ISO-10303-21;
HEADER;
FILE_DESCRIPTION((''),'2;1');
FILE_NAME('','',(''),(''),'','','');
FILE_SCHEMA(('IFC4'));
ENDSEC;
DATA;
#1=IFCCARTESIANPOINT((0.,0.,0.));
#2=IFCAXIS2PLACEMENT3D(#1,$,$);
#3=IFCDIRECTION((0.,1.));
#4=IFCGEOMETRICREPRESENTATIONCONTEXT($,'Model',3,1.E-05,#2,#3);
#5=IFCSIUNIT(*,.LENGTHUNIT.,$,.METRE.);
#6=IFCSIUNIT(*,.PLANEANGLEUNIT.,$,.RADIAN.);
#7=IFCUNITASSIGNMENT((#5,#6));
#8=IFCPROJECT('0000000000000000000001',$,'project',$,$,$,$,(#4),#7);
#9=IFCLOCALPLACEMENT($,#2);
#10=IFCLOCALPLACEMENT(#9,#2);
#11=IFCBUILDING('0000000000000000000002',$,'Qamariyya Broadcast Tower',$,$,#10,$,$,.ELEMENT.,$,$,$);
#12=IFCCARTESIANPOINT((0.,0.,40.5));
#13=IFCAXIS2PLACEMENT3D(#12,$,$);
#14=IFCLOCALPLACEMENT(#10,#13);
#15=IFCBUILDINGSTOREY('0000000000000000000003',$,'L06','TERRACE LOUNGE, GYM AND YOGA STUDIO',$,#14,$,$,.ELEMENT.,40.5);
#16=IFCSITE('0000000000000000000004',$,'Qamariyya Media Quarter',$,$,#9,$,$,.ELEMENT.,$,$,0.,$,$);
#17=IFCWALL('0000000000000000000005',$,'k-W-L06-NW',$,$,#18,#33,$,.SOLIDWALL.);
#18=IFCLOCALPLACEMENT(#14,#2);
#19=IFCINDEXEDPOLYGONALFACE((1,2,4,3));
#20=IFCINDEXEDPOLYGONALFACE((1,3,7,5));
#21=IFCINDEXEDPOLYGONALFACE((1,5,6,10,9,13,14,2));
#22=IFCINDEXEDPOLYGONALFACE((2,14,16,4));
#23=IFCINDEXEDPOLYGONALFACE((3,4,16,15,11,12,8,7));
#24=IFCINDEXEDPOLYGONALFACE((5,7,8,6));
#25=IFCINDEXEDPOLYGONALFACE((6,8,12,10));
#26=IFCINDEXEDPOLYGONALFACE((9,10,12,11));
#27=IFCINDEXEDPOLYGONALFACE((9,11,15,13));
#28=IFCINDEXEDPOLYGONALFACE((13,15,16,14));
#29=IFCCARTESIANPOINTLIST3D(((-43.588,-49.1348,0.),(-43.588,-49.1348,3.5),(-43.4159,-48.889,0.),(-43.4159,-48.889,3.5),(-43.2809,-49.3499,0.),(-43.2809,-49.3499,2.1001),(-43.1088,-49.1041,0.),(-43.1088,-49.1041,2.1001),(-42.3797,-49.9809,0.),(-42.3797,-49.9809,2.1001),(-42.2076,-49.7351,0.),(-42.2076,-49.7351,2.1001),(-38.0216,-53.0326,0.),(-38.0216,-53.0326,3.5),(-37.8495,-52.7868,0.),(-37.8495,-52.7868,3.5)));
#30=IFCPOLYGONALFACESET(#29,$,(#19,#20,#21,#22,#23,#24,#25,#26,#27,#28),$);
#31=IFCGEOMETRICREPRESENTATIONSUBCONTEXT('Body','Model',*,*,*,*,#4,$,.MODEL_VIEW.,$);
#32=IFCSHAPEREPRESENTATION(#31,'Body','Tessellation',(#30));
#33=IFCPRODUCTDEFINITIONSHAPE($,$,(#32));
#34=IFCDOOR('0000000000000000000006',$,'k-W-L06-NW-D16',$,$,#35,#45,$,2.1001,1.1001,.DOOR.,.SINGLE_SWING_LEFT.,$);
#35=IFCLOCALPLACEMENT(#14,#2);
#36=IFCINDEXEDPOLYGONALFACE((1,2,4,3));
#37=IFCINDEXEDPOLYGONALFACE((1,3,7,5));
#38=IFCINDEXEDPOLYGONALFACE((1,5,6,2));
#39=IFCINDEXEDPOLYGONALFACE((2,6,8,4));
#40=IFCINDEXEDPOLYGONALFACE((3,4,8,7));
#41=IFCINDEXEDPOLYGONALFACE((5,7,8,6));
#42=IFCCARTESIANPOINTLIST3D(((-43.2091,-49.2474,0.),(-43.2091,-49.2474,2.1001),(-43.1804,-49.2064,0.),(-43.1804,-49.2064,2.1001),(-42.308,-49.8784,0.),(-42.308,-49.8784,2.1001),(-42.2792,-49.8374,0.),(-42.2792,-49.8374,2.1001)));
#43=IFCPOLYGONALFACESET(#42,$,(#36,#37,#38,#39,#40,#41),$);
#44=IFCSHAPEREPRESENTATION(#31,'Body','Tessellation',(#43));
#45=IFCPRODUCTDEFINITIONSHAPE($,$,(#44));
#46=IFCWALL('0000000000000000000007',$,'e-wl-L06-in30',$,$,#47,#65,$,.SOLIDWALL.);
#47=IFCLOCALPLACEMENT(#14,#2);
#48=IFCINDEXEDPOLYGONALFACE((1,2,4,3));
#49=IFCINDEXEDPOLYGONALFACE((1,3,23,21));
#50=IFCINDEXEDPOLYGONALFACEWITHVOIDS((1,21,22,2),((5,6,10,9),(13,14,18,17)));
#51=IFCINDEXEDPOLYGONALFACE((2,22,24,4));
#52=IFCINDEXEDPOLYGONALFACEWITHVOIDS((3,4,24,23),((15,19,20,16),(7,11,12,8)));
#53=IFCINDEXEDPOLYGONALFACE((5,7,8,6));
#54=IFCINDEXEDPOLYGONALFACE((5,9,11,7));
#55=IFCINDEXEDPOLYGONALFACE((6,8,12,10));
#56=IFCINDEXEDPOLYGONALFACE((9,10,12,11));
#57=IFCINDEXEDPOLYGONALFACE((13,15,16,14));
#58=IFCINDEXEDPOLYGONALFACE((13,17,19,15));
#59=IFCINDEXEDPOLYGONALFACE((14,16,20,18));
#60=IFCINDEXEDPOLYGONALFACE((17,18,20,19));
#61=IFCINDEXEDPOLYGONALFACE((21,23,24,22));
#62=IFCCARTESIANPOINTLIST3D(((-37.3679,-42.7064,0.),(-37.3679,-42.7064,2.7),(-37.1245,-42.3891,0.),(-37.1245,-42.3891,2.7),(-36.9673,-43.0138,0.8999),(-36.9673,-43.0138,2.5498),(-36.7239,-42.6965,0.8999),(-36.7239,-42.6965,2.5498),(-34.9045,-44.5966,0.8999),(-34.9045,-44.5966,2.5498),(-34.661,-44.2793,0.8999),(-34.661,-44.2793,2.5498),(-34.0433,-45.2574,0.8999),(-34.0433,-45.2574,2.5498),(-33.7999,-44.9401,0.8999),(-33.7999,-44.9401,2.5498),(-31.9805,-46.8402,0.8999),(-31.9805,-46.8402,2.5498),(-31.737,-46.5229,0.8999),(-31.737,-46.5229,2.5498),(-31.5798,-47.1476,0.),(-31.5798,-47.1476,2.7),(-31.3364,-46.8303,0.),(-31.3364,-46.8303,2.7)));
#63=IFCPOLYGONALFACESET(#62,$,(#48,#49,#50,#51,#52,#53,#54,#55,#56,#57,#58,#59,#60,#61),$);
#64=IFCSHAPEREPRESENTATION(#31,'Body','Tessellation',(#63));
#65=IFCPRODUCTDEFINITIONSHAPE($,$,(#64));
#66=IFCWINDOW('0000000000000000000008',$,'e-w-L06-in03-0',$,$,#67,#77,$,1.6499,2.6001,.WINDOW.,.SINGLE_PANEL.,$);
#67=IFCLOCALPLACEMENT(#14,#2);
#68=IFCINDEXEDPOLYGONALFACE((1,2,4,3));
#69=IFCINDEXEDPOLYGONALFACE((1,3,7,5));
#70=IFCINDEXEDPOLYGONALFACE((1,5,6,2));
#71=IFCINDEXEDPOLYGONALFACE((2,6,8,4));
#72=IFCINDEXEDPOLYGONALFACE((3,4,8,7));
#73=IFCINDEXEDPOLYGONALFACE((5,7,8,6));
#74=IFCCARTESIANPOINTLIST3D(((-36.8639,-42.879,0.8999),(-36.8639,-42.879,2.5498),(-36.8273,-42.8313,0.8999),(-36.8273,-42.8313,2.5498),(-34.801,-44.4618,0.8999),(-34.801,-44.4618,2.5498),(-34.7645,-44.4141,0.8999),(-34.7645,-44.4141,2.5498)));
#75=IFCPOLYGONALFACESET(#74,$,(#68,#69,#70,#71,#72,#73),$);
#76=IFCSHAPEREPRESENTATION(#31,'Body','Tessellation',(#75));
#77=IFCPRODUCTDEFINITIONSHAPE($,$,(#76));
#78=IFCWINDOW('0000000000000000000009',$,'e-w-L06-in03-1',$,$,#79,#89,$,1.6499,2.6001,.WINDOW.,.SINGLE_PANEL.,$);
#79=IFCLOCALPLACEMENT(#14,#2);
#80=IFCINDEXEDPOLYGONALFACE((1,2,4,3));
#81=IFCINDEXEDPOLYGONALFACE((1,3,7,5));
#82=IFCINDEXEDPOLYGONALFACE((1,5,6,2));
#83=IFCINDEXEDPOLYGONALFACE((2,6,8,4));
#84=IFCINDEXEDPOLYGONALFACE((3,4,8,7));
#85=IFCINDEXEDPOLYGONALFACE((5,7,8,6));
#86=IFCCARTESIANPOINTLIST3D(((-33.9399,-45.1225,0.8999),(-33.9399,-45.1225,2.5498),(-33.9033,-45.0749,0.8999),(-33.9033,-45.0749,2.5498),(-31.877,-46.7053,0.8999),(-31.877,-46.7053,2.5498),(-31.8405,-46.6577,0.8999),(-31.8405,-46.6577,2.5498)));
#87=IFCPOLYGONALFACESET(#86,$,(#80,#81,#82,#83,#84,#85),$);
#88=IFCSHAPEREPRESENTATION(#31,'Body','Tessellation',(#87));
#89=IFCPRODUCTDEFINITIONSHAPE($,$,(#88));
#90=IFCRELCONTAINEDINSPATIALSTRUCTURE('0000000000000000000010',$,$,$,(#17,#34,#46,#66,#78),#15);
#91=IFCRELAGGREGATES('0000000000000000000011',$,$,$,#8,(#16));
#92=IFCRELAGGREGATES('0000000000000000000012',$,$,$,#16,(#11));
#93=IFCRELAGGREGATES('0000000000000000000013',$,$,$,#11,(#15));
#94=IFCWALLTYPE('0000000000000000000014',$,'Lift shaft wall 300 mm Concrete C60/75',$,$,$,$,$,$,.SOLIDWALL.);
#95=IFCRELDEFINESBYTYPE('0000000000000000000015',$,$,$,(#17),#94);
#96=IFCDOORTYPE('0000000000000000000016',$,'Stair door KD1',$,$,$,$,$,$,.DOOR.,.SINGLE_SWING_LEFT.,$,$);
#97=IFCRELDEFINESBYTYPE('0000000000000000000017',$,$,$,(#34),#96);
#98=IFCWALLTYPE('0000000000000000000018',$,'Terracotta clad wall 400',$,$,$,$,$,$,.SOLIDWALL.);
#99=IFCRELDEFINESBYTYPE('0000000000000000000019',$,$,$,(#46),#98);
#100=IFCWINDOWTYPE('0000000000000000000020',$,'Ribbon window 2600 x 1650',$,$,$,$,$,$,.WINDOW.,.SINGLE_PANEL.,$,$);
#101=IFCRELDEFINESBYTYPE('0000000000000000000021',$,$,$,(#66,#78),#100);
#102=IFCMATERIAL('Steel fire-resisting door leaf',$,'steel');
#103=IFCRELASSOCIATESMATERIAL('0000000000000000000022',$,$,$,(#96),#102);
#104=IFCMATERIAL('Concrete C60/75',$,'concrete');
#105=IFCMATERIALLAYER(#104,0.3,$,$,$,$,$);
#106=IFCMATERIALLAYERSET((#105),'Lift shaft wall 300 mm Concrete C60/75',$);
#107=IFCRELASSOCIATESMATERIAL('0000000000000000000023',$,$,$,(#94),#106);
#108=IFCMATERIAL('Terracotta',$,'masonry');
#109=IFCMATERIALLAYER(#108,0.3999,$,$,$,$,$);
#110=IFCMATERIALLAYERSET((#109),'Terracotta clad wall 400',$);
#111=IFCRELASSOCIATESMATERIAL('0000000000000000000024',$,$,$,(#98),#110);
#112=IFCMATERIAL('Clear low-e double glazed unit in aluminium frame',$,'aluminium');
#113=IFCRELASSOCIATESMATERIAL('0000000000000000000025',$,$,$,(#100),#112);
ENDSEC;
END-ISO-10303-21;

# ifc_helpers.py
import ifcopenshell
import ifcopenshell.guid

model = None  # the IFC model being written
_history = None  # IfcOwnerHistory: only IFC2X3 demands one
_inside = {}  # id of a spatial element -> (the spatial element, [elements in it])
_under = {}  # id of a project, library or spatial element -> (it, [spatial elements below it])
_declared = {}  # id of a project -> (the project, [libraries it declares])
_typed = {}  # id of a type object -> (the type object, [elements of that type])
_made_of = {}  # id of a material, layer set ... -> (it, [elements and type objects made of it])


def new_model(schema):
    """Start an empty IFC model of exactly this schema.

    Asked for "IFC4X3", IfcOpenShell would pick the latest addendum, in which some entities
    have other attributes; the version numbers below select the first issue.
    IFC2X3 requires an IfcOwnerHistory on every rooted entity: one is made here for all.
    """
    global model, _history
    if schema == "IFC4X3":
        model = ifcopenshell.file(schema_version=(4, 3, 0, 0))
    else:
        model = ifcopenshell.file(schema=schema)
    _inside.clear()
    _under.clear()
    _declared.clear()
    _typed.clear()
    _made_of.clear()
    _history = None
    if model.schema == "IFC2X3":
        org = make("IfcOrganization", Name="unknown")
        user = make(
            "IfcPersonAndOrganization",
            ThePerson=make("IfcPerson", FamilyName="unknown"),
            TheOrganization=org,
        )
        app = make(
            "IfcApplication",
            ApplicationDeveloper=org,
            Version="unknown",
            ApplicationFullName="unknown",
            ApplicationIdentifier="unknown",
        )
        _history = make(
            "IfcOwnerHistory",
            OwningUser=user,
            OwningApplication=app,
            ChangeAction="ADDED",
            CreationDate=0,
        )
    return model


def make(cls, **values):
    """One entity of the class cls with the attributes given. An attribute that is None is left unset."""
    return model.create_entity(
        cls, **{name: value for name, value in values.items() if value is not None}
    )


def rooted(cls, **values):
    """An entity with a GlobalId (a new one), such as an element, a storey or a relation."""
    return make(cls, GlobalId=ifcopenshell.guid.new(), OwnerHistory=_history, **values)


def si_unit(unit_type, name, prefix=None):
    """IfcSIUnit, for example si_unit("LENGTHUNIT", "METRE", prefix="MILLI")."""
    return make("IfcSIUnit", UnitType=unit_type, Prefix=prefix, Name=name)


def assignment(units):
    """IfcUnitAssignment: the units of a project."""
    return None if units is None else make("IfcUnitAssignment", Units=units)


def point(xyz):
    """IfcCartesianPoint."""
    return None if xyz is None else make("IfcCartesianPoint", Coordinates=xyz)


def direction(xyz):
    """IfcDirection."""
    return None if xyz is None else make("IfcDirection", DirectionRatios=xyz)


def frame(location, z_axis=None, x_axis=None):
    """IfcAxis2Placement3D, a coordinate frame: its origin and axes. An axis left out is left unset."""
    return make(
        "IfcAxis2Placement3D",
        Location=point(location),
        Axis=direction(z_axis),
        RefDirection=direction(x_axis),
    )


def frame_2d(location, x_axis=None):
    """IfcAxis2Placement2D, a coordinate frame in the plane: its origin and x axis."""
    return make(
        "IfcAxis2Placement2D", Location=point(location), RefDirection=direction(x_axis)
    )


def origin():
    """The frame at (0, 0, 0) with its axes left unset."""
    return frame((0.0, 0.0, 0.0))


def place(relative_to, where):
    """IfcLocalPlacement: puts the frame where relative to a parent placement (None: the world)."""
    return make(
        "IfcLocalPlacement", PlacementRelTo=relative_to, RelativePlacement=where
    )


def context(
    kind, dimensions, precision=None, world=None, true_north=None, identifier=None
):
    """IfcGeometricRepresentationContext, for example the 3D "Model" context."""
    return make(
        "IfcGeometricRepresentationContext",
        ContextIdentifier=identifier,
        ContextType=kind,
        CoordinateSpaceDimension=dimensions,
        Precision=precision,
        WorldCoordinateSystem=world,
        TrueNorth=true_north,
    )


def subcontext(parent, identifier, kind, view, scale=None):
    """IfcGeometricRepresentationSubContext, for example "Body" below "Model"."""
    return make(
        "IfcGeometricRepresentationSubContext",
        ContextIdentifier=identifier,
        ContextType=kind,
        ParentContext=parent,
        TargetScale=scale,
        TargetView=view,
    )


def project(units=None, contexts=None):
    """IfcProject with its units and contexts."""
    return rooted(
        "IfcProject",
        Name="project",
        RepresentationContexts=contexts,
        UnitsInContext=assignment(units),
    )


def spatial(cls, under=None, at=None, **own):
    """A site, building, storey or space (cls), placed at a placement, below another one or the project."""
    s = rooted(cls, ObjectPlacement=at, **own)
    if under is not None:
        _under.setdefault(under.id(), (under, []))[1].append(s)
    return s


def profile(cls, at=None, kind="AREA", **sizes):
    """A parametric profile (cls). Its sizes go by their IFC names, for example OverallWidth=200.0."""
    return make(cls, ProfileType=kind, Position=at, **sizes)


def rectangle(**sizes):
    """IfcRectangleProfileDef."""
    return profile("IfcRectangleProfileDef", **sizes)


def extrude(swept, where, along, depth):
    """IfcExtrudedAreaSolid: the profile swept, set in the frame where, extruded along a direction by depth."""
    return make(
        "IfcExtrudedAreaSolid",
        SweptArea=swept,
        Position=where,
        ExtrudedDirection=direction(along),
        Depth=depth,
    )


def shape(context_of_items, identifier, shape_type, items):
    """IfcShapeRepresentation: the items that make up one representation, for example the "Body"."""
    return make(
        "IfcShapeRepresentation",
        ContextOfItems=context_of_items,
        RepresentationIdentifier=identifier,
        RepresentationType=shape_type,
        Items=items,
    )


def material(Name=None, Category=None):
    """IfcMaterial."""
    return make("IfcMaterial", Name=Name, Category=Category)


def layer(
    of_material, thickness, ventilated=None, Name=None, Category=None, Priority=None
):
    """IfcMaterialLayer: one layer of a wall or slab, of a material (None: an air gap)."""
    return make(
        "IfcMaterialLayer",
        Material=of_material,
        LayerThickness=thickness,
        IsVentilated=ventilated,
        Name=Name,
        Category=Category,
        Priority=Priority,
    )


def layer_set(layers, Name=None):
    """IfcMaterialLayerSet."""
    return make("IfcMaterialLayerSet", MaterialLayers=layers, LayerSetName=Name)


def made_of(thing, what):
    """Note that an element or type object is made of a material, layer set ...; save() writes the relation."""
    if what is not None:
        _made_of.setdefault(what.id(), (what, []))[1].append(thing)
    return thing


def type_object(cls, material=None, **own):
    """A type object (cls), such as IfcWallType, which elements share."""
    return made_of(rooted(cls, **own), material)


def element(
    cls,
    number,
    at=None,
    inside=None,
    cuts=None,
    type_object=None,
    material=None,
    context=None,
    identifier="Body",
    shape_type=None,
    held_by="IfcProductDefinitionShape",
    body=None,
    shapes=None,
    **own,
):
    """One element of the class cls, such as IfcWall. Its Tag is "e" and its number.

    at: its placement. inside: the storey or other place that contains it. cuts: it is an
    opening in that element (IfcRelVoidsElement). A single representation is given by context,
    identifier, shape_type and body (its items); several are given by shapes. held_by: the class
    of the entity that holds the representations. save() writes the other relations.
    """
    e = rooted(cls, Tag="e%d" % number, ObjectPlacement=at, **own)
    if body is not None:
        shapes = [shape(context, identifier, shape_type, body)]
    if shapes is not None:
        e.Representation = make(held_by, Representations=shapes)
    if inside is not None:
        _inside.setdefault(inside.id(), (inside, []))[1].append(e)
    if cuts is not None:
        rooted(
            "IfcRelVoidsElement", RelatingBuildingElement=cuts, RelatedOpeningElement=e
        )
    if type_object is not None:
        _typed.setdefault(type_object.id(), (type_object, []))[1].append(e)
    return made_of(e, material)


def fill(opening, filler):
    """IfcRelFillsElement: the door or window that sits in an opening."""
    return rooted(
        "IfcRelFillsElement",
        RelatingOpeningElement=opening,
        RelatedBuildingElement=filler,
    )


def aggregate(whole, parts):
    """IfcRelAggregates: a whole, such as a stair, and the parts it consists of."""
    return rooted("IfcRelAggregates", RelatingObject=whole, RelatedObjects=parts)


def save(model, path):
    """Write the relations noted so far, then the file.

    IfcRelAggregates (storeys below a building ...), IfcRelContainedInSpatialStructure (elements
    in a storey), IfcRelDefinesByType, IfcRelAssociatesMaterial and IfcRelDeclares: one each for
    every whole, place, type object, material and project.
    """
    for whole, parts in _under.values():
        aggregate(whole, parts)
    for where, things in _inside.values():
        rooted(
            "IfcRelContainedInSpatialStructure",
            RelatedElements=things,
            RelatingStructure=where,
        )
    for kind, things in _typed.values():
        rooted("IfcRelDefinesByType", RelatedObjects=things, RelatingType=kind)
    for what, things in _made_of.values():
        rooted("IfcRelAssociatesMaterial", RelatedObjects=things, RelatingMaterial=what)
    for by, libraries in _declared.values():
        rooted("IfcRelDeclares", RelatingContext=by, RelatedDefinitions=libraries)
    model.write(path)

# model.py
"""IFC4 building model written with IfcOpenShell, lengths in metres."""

from ifc_helpers import new_model, si_unit, direction, frame, frame_2d, origin, place, context, subcontext, project, spatial, rectangle, extrude, material, layer, layer_set, type_object, element, fill, save


model = new_model("IFC4")

# Units and contexts
model_context = context("Model", 3, precision=1e-05, world=origin(), true_north=direction((0.0, 1.0)))
body_context = subcontext(model_context, "Body", "Model", "MODEL_VIEW")
ifc_project = project(units=[si_unit("LENGTHUNIT", "METRE"), si_unit("PLANEANGLEUNIT", "RADIAN")], contexts=[model_context])

# Site, building, storey
site_placement = place(None, origin())
site = spatial("IfcSite", under=ifc_project, at=site_placement, Name="Qamariyya Media Quarter", CompositionType="ELEMENT", RefElevation=0.0)
building_placement = place(site_placement, origin())
building = spatial("IfcBuilding", under=site, at=building_placement, Name="Qamariyya Broadcast Tower", CompositionType="ELEMENT")
storey_placement = place(building_placement, frame((0.0, 0.0, 40.5)))
storey = spatial("IfcBuildingStorey", under=building, at=storey_placement, Name="L06", Description="TERRACE LOUNGE, GYM AND YOGA STUDIO", CompositionType="ELEMENT", Elevation=40.5)

# Shared definitions
ifc_material_1 = material(Name="Steel fire-resisting door leaf", Category="steel")
door_type_1 = type_object("IfcDoorType", Name="Stair door KD1", OperationType="SINGLE_SWING_LEFT", PredefinedType="DOOR", material=ifc_material_1)

# Wall, opening, door
ifc_material_2 = material(Name="Concrete C60/75", Category="concrete")
ifc_layer_1 = layer(ifc_material_2, 0.3)
ifc_layer_set_1 = layer_set([ifc_layer_1], Name="Lift shaft wall 300 mm Concrete C60/75")
wall_type_1 = type_object("IfcWallType", Name="Lift shaft wall 300 mm Concrete C60/75", PredefinedType="SOLIDWALL", material=ifc_layer_set_1)
wall_1_placement = place(storey_placement, frame((-37.9355, -52.9097, 0.0), z_axis=(0.0, 0.0, 1.0), x_axis=(-0.819148, 0.573583, 0.0)))
wall_1 = element("IfcWall", 1, at=wall_1_placement, inside=storey, type_object=wall_type_1, Name="k-W-L06-NW", PredefinedType="SOLIDWALL", context=body_context, shape_type="SweptSolid", body=[
    extrude(rectangle(XDim=6.7954, YDim=0.3, at=frame_2d((3.3977, 0.0))), origin(), (0.0, 0.0, 1.0), 3.5),
])
opening_1_placement = place(wall_1_placement, frame((5.3203, 0.0, 0.0)))
opening_1 = element("IfcOpeningElement", 2, at=opening_1_placement, cuts=wall_1, PredefinedType="OPENING", context=body_context, shape_type="SweptSolid", body=[
    extrude(rectangle(XDim=1.1001, YDim=2.1001, at=frame_2d((0.55, 1.05))), frame((0.0, 0.1599, 0.0), z_axis=(0.0, -1.0, 0.0), x_axis=(1.0, 0.0, 0.0)), (0.0, 0.0, 1.0), 0.3201),
])
door_1_placement = place(opening_1_placement, origin())
door_1 = element("IfcDoor", 3, at=door_1_placement, inside=storey, type_object=door_type_1, Name="k-W-L06-NW-D16", OperationType="SINGLE_SWING_LEFT", OverallHeight=2.1001, OverallWidth=1.1001, PredefinedType="DOOR", context=body_context, shape_type="SweptSolid", body=[
    extrude(rectangle(XDim=1.1001, YDim=2.1001, at=frame_2d((0.55, 1.05))), frame((0.0, 0.0249, 0.0), z_axis=(0.0, -1.0, 0.0), x_axis=(1.0, 0.0, 0.0)), (0.0, 0.0, 1.0), 0.05),
])
fill(opening_1, door_1)

# Wall, openings, windows
ifc_material_3 = material(Name="Terracotta", Category="masonry")
ifc_layer_2 = layer(ifc_material_3, 0.3999)
ifc_layer_set_2 = layer_set([ifc_layer_2], Name="Terracotta clad wall 400")
wall_type_2 = type_object("IfcWallType", Name="Terracotta clad wall 400", PredefinedType="SOLIDWALL", material=ifc_layer_set_2)
wall_2_placement = place(storey_placement, frame((-31.458, -46.989, 0.0), z_axis=(0.0, 0.0, 1.0), x_axis=(-0.793366, 0.608745, 0.0)))
wall_2 = element("IfcWall", 4, at=wall_2_placement, inside=storey, type_object=wall_type_2, Name="e-wl-L06-in30", PredefinedType="SOLIDWALL", context=body_context, shape_type="SweptSolid", body=[
    extrude(rectangle(XDim=7.2957, YDim=0.3999, at=frame_2d((3.6479, 0.0))), origin(), (0.0, 0.0, 1.0), 2.7),
])
opening_2_placement = place(wall_2_placement, frame((4.1907, 0.0, 0.8999)))
opening_2 = element("IfcOpeningElement", 5, at=opening_2_placement, cuts=wall_2, PredefinedType="OPENING", context=body_context, shape_type="SweptSolid", body=[
    extrude(rectangle(XDim=2.6001, YDim=1.6499, at=frame_2d((1.3, 0.825))), frame((0.0, 0.21, 0.0), z_axis=(0.0, -1.0, 0.0), x_axis=(1.0, 0.0, 0.0)), (0.0, 0.0, 1.0), 0.4199),
])
opening_3_placement = place(wall_2_placement, frame((0.5051, 0.0, 0.8999)))
opening_3 = element("IfcOpeningElement", 6, at=opening_3_placement, cuts=wall_2, PredefinedType="OPENING", context=body_context, shape_type="SweptSolid", body=[
    extrude(rectangle(XDim=2.6001, YDim=1.6499, at=frame_2d((1.3, 0.825))), frame((0.0, 0.21, 0.0), z_axis=(0.0, -1.0, 0.0), x_axis=(1.0, 0.0, 0.0)), (0.0, 0.0, 1.0), 0.4199),
])
ifc_material_4 = material(Name="Clear low-e double glazed unit in aluminium frame", Category="aluminium")
window_type = type_object("IfcWindowType", Name="Ribbon window 2600 x 1650", PartitioningType="SINGLE_PANEL", PredefinedType="WINDOW", material=ifc_material_4)
window_1_placement = place(opening_2_placement, origin())
window_1 = element("IfcWindow", 7, at=window_1_placement, inside=storey, type_object=window_type, Name="e-w-L06-in03-0", OverallHeight=1.6499, OverallWidth=2.6001, PartitioningType="SINGLE_PANEL", PredefinedType="WINDOW", context=body_context, shape_type="SweptSolid", body=[
    extrude(rectangle(XDim=2.6001, YDim=1.6499, at=frame_2d((1.3, 0.825))), frame((0.0, 0.03, 0.0), z_axis=(0.0, -1.0, 0.0), x_axis=(1.0, 0.0, 0.0)), (0.0, 0.0, 1.0), 0.0601),
])
fill(opening_2, window_1)
window_2_placement = place(opening_3_placement, origin())
window_2 = element("IfcWindow", 8, at=window_2_placement, inside=storey, type_object=window_type, Name="e-w-L06-in03-1", OverallHeight=1.6499, OverallWidth=2.6001, PartitioningType="SINGLE_PANEL", PredefinedType="WINDOW", context=body_context, shape_type="SweptSolid", body=[
    extrude(rectangle(XDim=2.6001, YDim=1.6499, at=frame_2d((1.3, 0.825))), frame((0.0, 0.03, 0.0), z_axis=(0.0, -1.0, 0.0), x_axis=(1.0, 0.0, 0.0)), (0.0, 0.0, 1.0), 0.0601),
])
fill(opening_3, window_2)

save(model, "model.ifc")
